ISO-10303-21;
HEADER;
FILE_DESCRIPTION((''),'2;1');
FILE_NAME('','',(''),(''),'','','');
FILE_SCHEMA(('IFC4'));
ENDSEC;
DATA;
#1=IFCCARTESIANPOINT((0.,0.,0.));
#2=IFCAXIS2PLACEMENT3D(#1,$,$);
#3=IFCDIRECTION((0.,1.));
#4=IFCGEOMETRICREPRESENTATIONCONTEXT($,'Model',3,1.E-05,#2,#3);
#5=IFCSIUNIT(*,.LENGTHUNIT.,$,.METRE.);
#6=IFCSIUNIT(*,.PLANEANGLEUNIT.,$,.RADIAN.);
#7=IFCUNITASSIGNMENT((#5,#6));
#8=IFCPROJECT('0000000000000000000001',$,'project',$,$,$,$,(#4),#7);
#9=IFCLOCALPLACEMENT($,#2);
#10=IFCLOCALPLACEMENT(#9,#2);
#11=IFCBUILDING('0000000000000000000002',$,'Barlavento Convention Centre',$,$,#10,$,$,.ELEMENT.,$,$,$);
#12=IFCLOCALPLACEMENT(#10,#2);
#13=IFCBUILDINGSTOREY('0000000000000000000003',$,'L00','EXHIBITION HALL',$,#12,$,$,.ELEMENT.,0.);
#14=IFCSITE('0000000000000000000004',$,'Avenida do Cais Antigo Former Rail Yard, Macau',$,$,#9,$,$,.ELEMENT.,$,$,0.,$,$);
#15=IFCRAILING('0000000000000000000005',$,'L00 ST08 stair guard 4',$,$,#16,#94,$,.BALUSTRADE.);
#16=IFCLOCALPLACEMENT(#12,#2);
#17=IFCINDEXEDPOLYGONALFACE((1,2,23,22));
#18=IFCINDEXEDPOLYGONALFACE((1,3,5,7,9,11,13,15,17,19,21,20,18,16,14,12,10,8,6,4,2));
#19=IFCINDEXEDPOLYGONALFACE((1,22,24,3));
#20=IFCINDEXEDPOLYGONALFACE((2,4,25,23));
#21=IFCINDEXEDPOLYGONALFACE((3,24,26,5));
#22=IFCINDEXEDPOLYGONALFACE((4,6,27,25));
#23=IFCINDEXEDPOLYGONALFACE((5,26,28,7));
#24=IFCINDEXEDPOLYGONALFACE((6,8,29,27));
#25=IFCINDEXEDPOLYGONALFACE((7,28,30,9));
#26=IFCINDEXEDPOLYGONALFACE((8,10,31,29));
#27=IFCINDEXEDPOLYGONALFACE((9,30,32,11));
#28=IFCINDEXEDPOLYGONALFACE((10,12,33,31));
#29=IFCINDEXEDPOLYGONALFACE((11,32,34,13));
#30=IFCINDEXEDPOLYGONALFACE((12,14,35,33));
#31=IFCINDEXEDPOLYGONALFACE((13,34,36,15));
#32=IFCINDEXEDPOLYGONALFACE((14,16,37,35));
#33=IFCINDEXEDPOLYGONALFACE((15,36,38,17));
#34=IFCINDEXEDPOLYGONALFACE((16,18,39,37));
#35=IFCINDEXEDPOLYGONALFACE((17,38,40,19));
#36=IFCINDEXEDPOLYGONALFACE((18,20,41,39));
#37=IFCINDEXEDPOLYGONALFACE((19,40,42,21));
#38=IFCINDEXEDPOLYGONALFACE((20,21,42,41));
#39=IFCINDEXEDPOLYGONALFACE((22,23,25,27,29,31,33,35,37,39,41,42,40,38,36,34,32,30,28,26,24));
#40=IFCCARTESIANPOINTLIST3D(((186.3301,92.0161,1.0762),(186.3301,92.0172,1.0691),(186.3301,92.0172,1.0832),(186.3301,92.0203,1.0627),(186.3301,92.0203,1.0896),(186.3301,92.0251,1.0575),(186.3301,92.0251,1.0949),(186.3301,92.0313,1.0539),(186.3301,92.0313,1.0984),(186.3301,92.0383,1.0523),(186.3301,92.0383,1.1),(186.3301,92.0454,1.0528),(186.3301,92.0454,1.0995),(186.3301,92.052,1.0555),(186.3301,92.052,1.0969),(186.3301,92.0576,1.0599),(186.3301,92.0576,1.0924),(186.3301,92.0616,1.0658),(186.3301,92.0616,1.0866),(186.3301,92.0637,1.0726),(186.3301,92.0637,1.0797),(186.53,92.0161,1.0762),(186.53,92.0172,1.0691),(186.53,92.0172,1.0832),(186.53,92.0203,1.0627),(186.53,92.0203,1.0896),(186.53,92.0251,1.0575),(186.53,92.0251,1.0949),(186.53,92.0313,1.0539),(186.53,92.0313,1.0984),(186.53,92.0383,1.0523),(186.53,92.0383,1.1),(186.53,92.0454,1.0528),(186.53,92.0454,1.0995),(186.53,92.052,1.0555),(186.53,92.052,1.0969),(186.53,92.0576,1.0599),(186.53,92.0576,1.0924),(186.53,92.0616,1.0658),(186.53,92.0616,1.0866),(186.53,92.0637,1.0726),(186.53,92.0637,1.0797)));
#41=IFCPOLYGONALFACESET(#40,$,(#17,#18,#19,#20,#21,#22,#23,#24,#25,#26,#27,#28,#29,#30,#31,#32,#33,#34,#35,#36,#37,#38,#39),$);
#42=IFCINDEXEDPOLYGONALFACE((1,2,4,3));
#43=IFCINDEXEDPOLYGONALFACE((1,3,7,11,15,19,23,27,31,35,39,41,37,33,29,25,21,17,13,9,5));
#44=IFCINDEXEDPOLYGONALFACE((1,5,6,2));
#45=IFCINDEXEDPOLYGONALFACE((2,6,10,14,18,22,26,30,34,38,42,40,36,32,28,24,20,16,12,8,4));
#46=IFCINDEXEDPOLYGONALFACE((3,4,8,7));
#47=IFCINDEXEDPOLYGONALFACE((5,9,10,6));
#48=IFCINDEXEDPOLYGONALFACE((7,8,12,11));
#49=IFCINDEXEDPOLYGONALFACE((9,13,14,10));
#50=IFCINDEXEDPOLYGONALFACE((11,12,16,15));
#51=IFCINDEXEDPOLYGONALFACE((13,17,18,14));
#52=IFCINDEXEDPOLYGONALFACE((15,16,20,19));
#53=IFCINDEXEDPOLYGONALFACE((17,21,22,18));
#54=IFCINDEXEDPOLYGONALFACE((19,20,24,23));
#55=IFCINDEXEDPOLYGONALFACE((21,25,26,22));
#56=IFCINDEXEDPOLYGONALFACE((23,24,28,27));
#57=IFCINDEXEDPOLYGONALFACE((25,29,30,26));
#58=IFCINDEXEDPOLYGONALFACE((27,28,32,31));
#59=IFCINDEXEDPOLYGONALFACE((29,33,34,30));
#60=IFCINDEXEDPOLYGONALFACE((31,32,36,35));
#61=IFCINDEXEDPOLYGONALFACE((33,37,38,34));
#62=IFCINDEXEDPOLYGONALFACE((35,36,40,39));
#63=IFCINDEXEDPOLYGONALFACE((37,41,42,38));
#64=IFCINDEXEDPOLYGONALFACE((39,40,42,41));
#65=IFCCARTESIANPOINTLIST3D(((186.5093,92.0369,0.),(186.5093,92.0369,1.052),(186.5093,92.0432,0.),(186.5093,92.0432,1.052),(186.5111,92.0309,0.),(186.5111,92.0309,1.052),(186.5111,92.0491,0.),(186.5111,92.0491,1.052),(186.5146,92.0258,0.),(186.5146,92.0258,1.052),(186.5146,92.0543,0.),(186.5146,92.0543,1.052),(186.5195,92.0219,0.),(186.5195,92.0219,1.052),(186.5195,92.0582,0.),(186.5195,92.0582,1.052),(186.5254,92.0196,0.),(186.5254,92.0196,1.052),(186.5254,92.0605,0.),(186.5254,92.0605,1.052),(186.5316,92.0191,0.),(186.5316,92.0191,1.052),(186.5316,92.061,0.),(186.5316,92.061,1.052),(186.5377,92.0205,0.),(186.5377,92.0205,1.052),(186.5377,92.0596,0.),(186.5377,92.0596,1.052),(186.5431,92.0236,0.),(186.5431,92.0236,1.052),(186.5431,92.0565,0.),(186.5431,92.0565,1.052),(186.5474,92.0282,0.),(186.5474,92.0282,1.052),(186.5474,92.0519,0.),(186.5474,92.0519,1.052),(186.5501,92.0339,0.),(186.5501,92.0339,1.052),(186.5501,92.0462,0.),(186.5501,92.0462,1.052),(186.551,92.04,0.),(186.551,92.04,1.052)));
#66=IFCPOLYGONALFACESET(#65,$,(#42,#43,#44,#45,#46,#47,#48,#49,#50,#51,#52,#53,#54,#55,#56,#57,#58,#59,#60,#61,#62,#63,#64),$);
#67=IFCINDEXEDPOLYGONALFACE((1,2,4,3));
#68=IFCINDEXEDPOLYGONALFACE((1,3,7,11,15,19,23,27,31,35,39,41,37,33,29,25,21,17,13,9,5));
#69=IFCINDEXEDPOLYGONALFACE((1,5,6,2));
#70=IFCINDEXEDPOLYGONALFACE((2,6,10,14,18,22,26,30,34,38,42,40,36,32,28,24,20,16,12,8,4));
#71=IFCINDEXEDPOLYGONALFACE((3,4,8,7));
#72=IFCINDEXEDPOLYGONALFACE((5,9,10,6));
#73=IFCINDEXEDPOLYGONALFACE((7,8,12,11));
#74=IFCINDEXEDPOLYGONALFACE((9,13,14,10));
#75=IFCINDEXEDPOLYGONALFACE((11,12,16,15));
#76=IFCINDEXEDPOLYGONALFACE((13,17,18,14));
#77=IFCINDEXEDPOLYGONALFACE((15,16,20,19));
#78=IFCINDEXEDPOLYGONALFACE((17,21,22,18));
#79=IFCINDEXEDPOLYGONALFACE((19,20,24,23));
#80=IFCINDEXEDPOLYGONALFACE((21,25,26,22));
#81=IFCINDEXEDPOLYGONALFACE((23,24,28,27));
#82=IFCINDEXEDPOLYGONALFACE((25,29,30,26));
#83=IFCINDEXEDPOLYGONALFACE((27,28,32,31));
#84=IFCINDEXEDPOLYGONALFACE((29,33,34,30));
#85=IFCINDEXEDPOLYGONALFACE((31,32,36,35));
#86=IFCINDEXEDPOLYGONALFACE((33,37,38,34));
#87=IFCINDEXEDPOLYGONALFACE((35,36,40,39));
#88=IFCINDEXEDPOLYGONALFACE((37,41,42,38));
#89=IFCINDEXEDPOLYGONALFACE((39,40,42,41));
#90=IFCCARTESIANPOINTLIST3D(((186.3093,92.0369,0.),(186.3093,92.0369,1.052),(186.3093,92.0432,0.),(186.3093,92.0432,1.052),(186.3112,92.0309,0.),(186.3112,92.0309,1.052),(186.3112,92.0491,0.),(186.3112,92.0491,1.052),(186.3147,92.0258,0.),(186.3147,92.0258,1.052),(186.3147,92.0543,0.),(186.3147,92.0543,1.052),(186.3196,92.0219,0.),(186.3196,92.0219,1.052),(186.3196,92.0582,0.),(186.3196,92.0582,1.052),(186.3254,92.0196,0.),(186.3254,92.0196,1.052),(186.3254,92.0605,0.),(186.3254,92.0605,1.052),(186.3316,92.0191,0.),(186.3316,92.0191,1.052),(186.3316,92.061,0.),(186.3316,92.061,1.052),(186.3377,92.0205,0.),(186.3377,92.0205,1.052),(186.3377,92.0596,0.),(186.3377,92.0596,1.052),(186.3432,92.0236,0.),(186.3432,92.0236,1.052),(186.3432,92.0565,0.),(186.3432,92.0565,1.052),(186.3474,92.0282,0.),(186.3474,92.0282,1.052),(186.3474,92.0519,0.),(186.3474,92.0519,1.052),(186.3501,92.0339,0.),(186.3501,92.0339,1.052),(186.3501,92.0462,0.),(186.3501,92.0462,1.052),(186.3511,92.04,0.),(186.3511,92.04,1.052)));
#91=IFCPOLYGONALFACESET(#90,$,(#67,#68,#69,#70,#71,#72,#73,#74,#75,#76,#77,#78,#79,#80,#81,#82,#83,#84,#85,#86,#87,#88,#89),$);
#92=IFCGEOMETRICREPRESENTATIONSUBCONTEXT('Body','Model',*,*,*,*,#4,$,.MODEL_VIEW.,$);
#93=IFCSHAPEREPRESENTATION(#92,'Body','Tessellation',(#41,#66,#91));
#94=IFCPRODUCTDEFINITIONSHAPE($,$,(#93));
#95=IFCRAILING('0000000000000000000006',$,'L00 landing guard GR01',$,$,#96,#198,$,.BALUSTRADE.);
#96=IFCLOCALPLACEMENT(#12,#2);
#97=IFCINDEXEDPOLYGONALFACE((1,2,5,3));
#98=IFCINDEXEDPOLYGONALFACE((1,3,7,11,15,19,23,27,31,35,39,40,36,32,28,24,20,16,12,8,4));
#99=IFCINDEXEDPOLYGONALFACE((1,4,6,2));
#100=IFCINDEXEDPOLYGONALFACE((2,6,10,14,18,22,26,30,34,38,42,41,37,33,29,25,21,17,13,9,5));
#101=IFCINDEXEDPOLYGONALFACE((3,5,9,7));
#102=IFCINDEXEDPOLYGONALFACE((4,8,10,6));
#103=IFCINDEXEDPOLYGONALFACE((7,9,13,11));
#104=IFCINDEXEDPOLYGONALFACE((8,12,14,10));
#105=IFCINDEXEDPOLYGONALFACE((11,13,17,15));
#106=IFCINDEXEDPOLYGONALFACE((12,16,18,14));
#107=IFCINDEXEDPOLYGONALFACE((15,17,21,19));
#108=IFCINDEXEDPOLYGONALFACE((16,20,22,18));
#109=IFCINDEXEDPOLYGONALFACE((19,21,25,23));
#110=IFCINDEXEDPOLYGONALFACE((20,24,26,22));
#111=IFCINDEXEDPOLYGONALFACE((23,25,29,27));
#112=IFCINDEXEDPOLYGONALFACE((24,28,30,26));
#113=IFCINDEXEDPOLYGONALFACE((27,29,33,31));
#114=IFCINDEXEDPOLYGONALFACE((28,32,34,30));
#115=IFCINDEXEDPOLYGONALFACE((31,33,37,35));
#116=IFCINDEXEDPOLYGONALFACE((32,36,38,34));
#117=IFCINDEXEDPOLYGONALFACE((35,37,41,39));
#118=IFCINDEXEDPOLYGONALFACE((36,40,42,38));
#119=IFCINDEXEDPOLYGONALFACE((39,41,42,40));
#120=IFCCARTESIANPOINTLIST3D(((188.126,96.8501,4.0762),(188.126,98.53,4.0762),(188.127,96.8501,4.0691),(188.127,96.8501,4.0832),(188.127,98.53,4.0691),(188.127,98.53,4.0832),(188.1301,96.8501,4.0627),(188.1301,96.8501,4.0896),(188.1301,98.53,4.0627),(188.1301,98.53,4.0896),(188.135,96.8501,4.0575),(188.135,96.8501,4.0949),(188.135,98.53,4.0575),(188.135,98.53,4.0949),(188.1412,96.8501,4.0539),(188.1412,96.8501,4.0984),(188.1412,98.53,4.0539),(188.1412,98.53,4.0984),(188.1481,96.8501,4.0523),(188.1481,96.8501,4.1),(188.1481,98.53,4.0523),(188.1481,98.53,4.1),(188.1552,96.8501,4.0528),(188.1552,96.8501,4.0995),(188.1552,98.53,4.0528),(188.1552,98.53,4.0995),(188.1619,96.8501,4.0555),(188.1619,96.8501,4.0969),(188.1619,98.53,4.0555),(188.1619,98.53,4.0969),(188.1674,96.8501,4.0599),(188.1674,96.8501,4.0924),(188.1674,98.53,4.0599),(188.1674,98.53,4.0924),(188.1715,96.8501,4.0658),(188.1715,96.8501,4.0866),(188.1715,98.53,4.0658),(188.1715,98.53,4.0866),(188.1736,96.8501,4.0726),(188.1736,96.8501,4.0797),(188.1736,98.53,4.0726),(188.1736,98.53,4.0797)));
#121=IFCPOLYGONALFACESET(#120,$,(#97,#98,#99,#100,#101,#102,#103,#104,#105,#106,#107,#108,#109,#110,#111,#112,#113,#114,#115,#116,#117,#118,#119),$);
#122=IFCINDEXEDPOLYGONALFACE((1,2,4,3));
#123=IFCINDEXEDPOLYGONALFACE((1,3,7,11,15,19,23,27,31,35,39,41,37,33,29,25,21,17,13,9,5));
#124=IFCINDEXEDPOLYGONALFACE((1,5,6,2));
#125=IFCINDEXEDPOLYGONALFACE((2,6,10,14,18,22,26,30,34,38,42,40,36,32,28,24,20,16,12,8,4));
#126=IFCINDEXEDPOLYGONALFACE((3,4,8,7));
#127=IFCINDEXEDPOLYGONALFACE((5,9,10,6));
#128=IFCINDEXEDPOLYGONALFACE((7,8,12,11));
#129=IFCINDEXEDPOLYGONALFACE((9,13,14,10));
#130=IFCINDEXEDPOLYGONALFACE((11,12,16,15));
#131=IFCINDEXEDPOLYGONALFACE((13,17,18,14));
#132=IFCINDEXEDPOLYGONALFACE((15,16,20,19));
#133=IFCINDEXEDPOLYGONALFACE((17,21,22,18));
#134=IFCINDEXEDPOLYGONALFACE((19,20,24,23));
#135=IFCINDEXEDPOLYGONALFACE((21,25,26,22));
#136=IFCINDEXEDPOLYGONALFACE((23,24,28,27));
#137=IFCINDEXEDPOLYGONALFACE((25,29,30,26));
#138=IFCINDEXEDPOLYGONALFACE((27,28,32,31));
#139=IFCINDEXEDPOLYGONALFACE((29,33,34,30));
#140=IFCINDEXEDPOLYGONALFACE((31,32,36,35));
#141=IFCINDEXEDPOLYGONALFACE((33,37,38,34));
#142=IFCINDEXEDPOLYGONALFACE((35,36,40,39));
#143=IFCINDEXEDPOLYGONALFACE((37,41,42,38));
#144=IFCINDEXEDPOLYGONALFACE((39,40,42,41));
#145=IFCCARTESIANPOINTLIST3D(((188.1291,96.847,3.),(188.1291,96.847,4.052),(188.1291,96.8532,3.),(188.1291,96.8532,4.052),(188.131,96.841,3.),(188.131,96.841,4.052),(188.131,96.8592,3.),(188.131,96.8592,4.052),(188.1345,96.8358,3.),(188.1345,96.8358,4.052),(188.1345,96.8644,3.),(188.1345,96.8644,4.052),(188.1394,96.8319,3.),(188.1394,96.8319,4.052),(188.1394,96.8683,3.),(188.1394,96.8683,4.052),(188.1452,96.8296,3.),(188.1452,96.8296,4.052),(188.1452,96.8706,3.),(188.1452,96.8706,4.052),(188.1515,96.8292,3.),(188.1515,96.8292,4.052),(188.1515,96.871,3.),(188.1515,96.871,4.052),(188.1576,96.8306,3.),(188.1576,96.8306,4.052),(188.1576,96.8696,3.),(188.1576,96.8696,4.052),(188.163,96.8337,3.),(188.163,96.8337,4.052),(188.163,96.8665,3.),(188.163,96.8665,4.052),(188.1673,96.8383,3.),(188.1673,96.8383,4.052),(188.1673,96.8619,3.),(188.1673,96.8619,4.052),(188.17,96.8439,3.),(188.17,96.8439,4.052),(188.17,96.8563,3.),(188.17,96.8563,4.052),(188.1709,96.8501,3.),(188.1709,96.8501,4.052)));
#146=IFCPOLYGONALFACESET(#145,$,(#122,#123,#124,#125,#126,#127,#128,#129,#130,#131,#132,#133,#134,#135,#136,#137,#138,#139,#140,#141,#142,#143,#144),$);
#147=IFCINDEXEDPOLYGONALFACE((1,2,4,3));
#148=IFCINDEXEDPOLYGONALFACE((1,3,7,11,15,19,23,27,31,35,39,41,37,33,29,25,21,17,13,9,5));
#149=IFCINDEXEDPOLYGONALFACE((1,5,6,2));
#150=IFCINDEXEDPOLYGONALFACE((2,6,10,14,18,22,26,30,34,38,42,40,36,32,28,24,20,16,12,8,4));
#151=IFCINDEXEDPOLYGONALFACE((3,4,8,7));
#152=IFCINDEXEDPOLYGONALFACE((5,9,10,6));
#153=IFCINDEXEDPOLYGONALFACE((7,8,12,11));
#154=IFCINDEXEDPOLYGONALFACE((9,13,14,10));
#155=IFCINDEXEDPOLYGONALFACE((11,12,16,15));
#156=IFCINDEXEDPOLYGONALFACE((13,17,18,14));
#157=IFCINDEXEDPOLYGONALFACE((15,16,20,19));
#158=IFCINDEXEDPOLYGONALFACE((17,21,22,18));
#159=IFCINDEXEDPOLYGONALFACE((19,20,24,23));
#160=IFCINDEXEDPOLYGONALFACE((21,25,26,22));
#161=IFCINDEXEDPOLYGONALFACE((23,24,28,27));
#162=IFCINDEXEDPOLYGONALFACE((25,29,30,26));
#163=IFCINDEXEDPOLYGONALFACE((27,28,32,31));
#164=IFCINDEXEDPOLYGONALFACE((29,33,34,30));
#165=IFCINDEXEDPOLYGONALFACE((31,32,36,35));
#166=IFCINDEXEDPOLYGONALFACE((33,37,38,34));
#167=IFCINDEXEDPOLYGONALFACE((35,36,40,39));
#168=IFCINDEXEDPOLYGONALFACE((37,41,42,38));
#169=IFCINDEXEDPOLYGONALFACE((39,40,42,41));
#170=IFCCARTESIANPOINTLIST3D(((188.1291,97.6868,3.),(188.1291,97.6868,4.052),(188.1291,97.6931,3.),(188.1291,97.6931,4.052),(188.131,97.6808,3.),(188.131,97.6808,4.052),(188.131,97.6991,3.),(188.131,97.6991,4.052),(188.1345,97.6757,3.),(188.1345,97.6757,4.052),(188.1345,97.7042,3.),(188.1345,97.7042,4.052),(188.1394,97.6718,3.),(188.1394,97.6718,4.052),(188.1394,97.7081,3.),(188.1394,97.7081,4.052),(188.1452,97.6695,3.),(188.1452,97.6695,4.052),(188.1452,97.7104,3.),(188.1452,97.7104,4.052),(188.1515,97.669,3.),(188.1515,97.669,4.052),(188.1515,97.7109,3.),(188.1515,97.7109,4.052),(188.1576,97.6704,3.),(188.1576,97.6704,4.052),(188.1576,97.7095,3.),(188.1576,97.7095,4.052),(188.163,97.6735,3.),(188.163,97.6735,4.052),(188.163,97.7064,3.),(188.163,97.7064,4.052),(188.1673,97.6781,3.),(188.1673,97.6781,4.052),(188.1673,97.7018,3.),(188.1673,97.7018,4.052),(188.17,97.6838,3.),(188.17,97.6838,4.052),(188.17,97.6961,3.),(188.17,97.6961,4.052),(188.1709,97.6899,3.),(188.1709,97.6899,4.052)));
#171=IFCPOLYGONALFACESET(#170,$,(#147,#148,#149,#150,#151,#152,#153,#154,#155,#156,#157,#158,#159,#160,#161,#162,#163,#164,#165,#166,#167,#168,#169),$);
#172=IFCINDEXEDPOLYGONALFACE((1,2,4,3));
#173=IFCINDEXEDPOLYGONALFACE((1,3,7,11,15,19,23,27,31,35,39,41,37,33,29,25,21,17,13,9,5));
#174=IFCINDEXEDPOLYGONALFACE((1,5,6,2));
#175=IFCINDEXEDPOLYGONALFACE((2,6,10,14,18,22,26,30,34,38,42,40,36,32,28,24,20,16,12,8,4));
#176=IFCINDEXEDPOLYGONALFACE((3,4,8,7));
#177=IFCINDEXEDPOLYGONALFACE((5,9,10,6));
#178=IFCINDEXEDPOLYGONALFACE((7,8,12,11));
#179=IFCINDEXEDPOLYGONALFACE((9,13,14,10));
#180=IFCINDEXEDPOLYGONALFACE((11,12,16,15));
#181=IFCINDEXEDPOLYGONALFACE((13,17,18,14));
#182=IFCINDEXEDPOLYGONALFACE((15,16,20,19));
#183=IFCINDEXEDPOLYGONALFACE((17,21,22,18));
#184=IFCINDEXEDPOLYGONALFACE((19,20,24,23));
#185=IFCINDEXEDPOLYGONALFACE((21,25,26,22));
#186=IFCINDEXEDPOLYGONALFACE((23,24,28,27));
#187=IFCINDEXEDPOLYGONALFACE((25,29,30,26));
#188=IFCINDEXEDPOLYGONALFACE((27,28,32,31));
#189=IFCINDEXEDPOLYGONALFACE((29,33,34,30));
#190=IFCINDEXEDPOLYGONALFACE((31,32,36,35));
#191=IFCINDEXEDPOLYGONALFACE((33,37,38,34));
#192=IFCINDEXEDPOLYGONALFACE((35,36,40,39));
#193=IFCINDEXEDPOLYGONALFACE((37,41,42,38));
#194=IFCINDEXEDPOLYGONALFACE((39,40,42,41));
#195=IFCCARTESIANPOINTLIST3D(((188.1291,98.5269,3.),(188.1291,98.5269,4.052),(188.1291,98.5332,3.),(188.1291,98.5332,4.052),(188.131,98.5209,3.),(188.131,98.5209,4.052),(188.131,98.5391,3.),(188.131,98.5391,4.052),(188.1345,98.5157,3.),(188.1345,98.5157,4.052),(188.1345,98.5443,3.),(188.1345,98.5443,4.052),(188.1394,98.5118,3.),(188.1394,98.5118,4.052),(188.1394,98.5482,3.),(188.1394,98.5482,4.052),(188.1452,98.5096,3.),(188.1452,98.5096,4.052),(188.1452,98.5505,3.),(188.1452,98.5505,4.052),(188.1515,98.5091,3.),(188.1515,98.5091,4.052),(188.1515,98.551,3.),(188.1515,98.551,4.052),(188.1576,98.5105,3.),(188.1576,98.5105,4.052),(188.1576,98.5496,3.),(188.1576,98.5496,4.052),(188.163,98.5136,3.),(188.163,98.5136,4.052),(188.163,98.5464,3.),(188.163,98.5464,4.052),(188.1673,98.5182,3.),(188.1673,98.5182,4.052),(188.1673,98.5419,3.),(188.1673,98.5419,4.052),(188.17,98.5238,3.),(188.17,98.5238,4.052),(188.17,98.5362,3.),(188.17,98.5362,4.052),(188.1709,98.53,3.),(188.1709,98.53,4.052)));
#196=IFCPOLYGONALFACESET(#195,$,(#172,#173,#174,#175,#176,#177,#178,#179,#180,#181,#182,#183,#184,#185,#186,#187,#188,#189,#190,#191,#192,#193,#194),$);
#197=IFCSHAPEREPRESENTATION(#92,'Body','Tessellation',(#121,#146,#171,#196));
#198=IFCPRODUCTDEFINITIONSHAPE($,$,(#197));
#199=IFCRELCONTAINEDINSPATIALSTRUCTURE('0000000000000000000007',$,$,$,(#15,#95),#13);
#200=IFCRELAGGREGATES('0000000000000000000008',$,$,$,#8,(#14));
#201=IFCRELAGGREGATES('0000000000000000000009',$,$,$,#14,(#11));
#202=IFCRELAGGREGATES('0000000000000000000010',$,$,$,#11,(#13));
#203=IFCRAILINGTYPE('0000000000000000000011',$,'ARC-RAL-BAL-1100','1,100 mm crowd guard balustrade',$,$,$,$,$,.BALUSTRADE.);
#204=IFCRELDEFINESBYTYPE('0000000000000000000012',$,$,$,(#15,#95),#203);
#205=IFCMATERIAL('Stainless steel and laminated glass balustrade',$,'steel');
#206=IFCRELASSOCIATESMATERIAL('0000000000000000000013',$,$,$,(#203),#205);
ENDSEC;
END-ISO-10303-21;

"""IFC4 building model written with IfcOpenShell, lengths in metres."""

from ifc_helpers import new_model, si_unit, direction, frame, origin, origin_2d, place, context, subcontext, project, spatial, circle, extrude, material, type_object, element, save


model = new_model("IFC4")

# Units and contexts
model_context = context("Model", 3, precision=1e-05, world=origin(), true_north=direction((0.0, 1.0)))
body_context = subcontext(model_context, "Body", "Model", "MODEL_VIEW")
ifc_project = project(units=[si_unit("LENGTHUNIT", "METRE"), si_unit("PLANEANGLEUNIT", "RADIAN")], contexts=[model_context])

# Site, building, storey
site_placement = place(None, origin())
site = spatial("IfcSite", under=ifc_project, at=site_placement, Name="Avenida do Cais Antigo Former Rail Yard, Macau", CompositionType="ELEMENT", RefElevation=0.0)
building_placement = place(site_placement, origin())
building = spatial("IfcBuilding", under=site, at=building_placement, Name="Barlavento Convention Centre", CompositionType="ELEMENT")
storey_placement = place(building_placement, origin())
storey = spatial("IfcBuildingStorey", under=building, at=storey_placement, Name="L00", Description="EXHIBITION HALL", CompositionType="ELEMENT", Elevation=0.0)

# Railings
ifc_material_1 = material(Name="Stainless steel and laminated glass balustrade", Category="steel")
railing_type_1 = type_object("IfcRailingType", Name="ARC-RAL-BAL-1100", Description="1,100 mm crowd guard balustrade", PredefinedType="BALUSTRADE", material=ifc_material_1)
railing_1_placement = place(storey_placement, frame((186.53, 92.04, 0.0)))
element("IfcRailing", 1, at=railing_1_placement, inside=storey, type_object=railing_type_1, Name="L00 ST08 stair guard 4", PredefinedType="BALUSTRADE", context=body_context, shape_type="SweptSolid", body=[
    extrude(circle(Radius=0.0239, at=origin_2d()), frame((0.0, 0.0, 1.0762), z_axis=(-1.0, 0.0, 0.0), x_axis=(0.0, -1.0, 0.0)), (0.0, 0.0, 1.0), 0.2),
    extrude(circle(Radius=0.021, at=origin_2d()), origin(), (0.0, 0.0, 1.0), 1.052),
    extrude(circle(Radius=0.021, at=origin_2d()), frame((-0.2, 0.0, 0.0)), (0.0, 0.0, 1.0), 1.052),
])
for number, where, name in (
    (2, (188.1499, 96.8501, 3.0), "L00 landing guard GR01"),
):
    element("IfcRailing", number, at=place(storey_placement, frame(where)), inside=storey, type_object=railing_type_1, Name=name, PredefinedType="BALUSTRADE", context=body_context, shape_type="SweptSolid", body=[
        extrude(circle(Radius=0.0239, at=origin_2d()), frame((0.0, 0.0, 1.0762), z_axis=(0.0, 1.0, 0.0), x_axis=(-1.0, 0.0, 0.0)), (0.0, 0.0, 1.0), 1.6799),
        extrude(circle(Radius=0.021, at=origin_2d()), origin(), (0.0, 0.0, 1.0), 1.052),
        extrude(circle(Radius=0.021, at=origin_2d()), frame((0.0, 0.8398, 0.0)), (0.0, 0.0, 1.0), 1.052),
        extrude(circle(Radius=0.021, at=origin_2d()), frame((0.0, 1.6799, 0.0)), (0.0, 0.0, 1.0), 1.052),
    ])

save(model, "model.ifc")
